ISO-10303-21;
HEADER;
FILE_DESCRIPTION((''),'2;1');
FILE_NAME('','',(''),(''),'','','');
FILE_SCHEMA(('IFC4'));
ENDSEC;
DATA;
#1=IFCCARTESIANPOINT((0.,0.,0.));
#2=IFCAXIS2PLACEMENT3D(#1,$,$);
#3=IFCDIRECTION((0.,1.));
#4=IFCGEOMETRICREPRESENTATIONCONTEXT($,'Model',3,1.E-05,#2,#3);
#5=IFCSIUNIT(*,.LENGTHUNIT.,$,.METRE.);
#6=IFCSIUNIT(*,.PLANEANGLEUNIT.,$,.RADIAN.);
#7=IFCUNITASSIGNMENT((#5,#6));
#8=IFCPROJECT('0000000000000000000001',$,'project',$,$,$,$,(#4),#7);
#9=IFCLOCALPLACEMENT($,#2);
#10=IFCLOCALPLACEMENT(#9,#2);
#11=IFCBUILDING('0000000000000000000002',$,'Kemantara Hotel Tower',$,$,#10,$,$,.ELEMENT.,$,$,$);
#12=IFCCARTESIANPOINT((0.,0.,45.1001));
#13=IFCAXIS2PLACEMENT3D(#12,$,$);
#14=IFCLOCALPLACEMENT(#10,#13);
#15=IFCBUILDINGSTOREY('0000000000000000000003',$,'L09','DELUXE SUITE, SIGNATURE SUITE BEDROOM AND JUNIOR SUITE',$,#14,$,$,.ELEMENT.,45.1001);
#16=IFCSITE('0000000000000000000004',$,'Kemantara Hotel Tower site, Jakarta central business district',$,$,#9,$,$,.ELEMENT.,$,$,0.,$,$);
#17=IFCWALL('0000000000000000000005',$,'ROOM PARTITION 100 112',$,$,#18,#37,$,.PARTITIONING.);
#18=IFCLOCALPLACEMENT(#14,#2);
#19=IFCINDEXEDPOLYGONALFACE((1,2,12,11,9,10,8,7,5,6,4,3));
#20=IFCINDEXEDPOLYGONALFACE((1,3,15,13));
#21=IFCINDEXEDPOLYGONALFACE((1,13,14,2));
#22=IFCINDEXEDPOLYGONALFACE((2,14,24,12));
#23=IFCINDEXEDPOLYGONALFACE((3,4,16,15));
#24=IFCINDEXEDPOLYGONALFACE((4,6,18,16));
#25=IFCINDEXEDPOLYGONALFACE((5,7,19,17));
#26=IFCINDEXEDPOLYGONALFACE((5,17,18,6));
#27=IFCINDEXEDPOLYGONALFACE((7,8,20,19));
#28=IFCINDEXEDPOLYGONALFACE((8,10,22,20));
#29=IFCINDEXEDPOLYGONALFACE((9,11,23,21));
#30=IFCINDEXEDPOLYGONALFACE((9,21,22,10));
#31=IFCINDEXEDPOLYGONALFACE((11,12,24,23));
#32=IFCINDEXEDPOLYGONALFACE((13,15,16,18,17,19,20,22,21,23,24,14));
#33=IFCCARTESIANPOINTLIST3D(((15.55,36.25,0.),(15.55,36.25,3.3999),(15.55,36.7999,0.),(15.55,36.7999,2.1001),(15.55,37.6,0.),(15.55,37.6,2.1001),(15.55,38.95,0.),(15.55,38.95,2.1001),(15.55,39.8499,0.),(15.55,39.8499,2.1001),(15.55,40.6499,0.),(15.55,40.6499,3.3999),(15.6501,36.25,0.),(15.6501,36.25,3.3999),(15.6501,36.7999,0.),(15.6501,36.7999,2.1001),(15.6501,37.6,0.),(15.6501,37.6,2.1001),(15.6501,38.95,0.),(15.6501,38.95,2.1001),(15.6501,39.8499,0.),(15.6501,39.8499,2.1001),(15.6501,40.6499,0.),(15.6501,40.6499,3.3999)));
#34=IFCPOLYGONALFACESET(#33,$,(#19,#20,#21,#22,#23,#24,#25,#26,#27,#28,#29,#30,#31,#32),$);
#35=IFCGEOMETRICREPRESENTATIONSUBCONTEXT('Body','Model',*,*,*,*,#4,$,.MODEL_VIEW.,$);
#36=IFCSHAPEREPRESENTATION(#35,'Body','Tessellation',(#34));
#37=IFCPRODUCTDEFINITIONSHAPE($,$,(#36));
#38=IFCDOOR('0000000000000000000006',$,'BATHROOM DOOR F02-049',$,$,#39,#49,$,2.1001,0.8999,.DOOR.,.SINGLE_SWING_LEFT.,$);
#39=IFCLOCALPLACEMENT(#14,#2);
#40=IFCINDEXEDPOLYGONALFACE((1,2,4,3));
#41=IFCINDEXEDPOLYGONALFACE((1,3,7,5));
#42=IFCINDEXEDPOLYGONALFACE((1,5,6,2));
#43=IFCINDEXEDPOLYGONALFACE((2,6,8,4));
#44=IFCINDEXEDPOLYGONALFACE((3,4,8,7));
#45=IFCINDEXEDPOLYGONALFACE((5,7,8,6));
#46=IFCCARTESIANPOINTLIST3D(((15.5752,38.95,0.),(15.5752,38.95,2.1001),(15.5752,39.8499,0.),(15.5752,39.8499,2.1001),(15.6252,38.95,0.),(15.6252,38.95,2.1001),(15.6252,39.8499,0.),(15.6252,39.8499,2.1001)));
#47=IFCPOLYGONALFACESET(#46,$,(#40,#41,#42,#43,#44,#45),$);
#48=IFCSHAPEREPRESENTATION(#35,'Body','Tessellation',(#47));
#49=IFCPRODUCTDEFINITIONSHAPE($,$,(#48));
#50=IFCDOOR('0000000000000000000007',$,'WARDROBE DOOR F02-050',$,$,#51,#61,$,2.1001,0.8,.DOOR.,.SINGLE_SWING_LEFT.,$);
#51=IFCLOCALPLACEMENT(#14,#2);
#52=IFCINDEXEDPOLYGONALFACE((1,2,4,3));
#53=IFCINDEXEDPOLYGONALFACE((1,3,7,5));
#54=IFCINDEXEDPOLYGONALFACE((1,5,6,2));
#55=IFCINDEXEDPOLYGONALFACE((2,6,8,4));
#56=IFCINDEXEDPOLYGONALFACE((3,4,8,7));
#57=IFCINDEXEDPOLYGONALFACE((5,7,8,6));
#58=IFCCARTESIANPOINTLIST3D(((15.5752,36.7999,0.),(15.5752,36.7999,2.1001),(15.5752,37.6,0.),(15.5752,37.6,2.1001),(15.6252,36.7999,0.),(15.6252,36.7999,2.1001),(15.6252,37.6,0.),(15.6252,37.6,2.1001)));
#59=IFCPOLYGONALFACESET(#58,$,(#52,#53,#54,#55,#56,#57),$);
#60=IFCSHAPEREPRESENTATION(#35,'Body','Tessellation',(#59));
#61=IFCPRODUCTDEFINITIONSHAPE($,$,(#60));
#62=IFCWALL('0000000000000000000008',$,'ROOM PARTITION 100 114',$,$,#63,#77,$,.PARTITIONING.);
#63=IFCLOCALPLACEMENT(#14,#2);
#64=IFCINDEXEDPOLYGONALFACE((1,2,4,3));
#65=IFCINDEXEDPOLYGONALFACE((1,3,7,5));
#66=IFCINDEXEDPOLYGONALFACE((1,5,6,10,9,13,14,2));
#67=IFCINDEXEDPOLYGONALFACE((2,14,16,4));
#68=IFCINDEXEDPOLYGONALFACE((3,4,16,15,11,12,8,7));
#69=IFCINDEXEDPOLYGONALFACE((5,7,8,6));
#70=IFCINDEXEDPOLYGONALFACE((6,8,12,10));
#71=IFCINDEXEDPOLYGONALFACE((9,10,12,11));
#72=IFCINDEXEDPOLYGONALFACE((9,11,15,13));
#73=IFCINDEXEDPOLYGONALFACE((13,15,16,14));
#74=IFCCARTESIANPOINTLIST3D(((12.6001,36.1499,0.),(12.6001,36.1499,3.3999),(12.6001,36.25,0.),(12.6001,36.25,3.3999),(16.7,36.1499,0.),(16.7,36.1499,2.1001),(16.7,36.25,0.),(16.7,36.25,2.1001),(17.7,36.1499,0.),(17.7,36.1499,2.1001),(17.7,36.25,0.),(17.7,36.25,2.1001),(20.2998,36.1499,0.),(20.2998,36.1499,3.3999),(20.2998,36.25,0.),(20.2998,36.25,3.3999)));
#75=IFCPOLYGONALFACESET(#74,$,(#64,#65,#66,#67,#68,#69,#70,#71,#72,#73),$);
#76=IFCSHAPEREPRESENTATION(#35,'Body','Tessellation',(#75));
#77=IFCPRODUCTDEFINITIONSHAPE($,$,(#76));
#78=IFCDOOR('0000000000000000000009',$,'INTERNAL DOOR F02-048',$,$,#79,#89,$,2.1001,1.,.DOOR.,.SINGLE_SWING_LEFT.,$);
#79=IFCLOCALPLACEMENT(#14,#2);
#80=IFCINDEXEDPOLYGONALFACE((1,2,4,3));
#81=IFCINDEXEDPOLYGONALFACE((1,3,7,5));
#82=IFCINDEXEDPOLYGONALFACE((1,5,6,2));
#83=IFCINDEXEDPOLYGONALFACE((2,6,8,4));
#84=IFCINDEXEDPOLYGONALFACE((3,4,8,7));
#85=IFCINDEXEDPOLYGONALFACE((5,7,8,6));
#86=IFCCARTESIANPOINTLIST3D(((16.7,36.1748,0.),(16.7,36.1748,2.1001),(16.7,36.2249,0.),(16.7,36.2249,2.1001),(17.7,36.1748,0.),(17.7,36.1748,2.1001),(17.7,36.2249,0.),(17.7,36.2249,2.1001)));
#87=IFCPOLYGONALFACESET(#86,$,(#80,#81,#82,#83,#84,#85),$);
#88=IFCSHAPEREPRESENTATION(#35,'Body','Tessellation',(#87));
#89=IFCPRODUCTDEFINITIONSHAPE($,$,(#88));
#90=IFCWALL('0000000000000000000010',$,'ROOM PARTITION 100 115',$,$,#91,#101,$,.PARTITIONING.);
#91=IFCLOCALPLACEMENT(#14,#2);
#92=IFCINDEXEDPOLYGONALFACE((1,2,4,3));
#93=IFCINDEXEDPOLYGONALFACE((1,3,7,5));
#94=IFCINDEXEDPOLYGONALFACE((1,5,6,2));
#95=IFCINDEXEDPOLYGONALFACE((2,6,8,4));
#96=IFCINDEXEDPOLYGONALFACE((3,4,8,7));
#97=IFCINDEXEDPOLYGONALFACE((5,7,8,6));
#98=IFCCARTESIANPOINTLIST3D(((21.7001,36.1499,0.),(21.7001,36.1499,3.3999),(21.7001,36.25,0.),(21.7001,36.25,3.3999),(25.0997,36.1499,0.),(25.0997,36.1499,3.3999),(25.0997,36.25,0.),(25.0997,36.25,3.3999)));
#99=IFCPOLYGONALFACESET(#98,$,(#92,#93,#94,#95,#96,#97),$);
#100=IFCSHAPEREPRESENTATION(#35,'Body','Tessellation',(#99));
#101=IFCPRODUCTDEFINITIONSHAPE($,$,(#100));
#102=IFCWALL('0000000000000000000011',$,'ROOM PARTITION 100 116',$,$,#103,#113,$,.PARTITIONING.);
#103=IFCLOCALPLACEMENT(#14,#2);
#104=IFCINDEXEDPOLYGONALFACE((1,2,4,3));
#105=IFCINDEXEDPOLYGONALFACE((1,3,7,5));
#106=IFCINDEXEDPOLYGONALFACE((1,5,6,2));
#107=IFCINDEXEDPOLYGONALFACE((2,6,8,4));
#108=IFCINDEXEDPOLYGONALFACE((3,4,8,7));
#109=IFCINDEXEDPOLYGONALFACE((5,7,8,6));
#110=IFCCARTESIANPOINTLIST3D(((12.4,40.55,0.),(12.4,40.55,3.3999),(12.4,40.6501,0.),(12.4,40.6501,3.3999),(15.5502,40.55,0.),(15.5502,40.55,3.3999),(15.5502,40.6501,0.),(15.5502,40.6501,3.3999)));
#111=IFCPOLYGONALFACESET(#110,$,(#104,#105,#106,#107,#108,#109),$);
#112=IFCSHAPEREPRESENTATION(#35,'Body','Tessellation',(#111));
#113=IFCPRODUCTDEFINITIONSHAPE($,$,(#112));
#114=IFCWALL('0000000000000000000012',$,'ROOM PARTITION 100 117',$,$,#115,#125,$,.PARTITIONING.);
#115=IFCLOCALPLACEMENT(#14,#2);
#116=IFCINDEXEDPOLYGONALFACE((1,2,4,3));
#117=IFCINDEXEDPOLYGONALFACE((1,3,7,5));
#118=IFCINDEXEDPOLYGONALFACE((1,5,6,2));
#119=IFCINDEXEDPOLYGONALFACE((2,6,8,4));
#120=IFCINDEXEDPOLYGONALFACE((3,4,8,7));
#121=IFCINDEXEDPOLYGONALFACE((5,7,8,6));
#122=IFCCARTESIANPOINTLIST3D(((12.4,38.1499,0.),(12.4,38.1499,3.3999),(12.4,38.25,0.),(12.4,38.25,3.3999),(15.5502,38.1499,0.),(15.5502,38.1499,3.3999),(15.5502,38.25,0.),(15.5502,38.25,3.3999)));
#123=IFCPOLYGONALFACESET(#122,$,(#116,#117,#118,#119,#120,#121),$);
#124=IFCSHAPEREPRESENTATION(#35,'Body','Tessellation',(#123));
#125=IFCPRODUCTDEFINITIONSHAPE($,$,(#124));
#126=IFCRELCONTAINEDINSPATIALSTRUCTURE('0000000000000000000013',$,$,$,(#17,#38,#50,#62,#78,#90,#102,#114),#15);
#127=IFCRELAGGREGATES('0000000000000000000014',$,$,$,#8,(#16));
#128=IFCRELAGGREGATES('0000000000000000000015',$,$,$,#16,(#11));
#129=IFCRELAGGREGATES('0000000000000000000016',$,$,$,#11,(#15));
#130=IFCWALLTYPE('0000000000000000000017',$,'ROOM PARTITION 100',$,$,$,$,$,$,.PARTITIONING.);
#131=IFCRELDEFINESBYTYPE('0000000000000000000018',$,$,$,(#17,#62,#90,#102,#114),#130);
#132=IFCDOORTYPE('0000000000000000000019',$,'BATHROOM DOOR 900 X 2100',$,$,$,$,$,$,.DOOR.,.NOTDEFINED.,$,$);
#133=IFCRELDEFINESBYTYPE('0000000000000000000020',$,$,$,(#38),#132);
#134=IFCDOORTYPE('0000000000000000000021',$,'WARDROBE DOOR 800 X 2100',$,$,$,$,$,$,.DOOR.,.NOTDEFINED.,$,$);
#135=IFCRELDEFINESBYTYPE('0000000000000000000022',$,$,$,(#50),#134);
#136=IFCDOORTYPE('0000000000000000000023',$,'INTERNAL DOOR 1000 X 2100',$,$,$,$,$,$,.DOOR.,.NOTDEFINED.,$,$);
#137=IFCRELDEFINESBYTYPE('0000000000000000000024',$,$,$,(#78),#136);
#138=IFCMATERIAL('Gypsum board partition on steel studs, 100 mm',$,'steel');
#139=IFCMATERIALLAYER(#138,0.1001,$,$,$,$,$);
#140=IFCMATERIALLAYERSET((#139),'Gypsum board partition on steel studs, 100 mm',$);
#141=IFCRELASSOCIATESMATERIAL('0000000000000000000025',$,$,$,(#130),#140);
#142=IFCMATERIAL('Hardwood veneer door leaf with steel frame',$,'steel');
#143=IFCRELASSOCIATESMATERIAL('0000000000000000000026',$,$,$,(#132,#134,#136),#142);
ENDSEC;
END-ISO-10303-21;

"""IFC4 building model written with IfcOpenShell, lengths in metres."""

from ifc_helpers import new_model, si_unit, direction, frame, frame_2d, origin, place, context, subcontext, project, spatial, rectangle, extrude, material, layer, layer_set, type_object, element, fill, save


model = new_model("IFC4")

# Units and contexts
model_context = context("Model", 3, precision=1e-05, world=origin(), true_north=direction((0.0, 1.0)))
body_context = subcontext(model_context, "Body", "Model", "MODEL_VIEW")
ifc_project = project(units=[si_unit("LENGTHUNIT", "METRE"), si_unit("PLANEANGLEUNIT", "RADIAN")], contexts=[model_context])

# Site, building, storey
site_placement = place(None, origin())
site = spatial("IfcSite", under=ifc_project, at=site_placement, Name="Kemantara Hotel Tower site, Jakarta central business district", CompositionType="ELEMENT", RefElevation=0.0)
building_placement = place(site_placement, origin())
building = spatial("IfcBuilding", under=site, at=building_placement, Name="Kemantara Hotel Tower", CompositionType="ELEMENT")
storey_placement = place(building_placement, frame((0.0, 0.0, 45.1001)))
storey = spatial("IfcBuildingStorey", under=building, at=storey_placement, Name="L09", Description="DELUXE SUITE, SIGNATURE SUITE BEDROOM AND JUNIOR SUITE", CompositionType="ELEMENT", Elevation=45.1001)

# Shared definitions
ifc_material_1 = material(Name="Hardwood veneer door leaf with steel frame", Category="steel")

# Shared definitions
ifc_material_2 = material(Name="Gypsum board partition on steel studs, 100 mm", Category="steel")
ifc_layer_1 = layer(ifc_material_2, 0.1001)
ifc_layer_set_1 = layer_set([ifc_layer_1], Name="Gypsum board partition on steel studs, 100 mm")
wall_type_1 = type_object("IfcWallType", Name="ROOM PARTITION 100", PredefinedType="PARTITIONING", material=ifc_layer_set_1)
door_type_1 = type_object("IfcDoorType", Name="BATHROOM DOOR 900 X 2100", OperationType="NOTDEFINED", PredefinedType="DOOR", material=ifc_material_1)

# Wall, openings, doors
wall_1_placement = place(storey_placement, frame((15.6001, 36.25, 0.0), z_axis=(0.0, 0.0, 1.0), x_axis=(0.0, 1.0, 0.0)))
wall_1 = element("IfcWall", 1, at=wall_1_placement, inside=storey, type_object=wall_type_1, Name="ROOM PARTITION 100 112", PredefinedType="PARTITIONING", context=body_context, shape_type="SweptSolid", body=[
    extrude(rectangle(XDim=4.3999, YDim=0.1001, at=frame_2d((2.2, 0.0))), origin(), (0.0, 0.0, 1.0), 3.3999),
])
opening_1_placement = place(wall_1_placement, frame((2.7, 0.0, 0.0)))
opening_1 = element("IfcOpeningElement", 2, at=opening_1_placement, cuts=wall_1, PredefinedType="OPENING", context=body_context, shape_type="SweptSolid", body=[
    extrude(rectangle(XDim=0.8999, YDim=2.1001, at=frame_2d((0.45, 1.05))), frame((0.0, 0.0601, 0.0), z_axis=(0.0, -1.0, 0.0), x_axis=(1.0, 0.0, 0.0)), (0.0, 0.0, 1.0), 0.1201),
])
opening_2_placement = place(wall_1_placement, frame((0.55, 0.0, 0.0)))
opening_2 = element("IfcOpeningElement", 3, at=opening_2_placement, cuts=wall_1, PredefinedType="OPENING", context=body_context, shape_type="SweptSolid", body=[
    extrude(rectangle(XDim=0.8, YDim=2.1001, at=frame_2d((0.3999, 1.05))), frame((0.0, 0.0601, 0.0), z_axis=(0.0, -1.0, 0.0), x_axis=(1.0, 0.0, 0.0)), (0.0, 0.0, 1.0), 0.1201),
])
door_1_placement = place(opening_1_placement, origin())
door_1 = element("IfcDoor", 4, at=door_1_placement, inside=storey, type_object=door_type_1, Name="BATHROOM DOOR F02-049", OperationType="SINGLE_SWING_LEFT", OverallHeight=2.1001, OverallWidth=0.8999, PredefinedType="DOOR", context=body_context, shape_type="SweptSolid", body=[
    extrude(rectangle(XDim=0.8999, YDim=2.1001, at=frame_2d((0.45, 1.05))), frame((0.0, 0.0249, 0.0), z_axis=(0.0, -1.0, 0.0), x_axis=(1.0, 0.0, 0.0)), (0.0, 0.0, 1.0), 0.05),
])
fill(opening_1, door_1)
door_type_2 = type_object("IfcDoorType", Name="WARDROBE DOOR 800 X 2100", OperationType="NOTDEFINED", PredefinedType="DOOR", material=ifc_material_1)
door_2_placement = place(opening_2_placement, origin())
door_2 = element("IfcDoor", 5, at=door_2_placement, inside=storey, type_object=door_type_2, Name="WARDROBE DOOR F02-050", OperationType="SINGLE_SWING_LEFT", OverallHeight=2.1001, OverallWidth=0.8, PredefinedType="DOOR", context=body_context, shape_type="SweptSolid", body=[
    extrude(rectangle(XDim=0.8, YDim=2.1001, at=frame_2d((0.3999, 1.05))), frame((0.0, 0.0249, 0.0), z_axis=(0.0, -1.0, 0.0), x_axis=(1.0, 0.0, 0.0)), (0.0, 0.0, 1.0), 0.05),
])
fill(opening_2, door_2)

# Wall, opening, door
wall_2_placement = place(storey_placement, frame((12.6001, 36.2, 0.0), z_axis=(0.0, 0.0, 1.0), x_axis=(1.0, 0.0, 0.0)))
wall_2 = element("IfcWall", 6, at=wall_2_placement, inside=storey, type_object=wall_type_1, Name="ROOM PARTITION 100 114", PredefinedType="PARTITIONING", context=body_context, shape_type="SweptSolid", body=[
    extrude(rectangle(XDim=7.6997, YDim=0.1001, at=frame_2d((3.8499, 0.0))), origin(), (0.0, 0.0, 1.0), 3.3999),
])
opening_3_placement = place(wall_2_placement, frame((4.0999, 0.0, 0.0)))
opening_3 = element("IfcOpeningElement", 7, at=opening_3_placement, cuts=wall_2, PredefinedType="OPENING", context=body_context, shape_type="SweptSolid", body=[
    extrude(rectangle(XDim=1.0, YDim=2.1001, at=frame_2d((0.5, 1.05))), frame((0.0, 0.0601, 0.0), z_axis=(0.0, -1.0, 0.0), x_axis=(1.0, 0.0, 0.0)), (0.0, 0.0, 1.0), 0.1201),
])
door_type_3 = type_object("IfcDoorType", Name="INTERNAL DOOR 1000 X 2100", OperationType="NOTDEFINED", PredefinedType="DOOR", material=ifc_material_1)
door_3_placement = place(opening_3_placement, origin())
door_3 = element("IfcDoor", 8, at=door_3_placement, inside=storey, type_object=door_type_3, Name="INTERNAL DOOR F02-048", OperationType="SINGLE_SWING_LEFT", OverallHeight=2.1001, OverallWidth=1.0, PredefinedType="DOOR", context=body_context, shape_type="SweptSolid", body=[
    extrude(rectangle(XDim=1.0, YDim=2.1001, at=frame_2d((0.5, 1.05))), frame((0.0, 0.0249, 0.0), z_axis=(0.0, -1.0, 0.0), x_axis=(1.0, 0.0, 0.0)), (0.0, 0.0, 1.0), 0.05),
])
fill(opening_3, door_3)

# Walls
wall_3_placement = place(storey_placement, frame((21.7002, 36.2, 0.0), z_axis=(0.0, 0.0, 1.0), x_axis=(1.0, 0.0, 0.0)))
element("IfcWall", 9, at=wall_3_placement, inside=storey, type_object=wall_type_1, Name="ROOM PARTITION 100 115", PredefinedType="PARTITIONING", context=body_context, shape_type="SweptSolid", body=[
    extrude(rectangle(XDim=3.3997, YDim=0.1001, at=frame_2d((1.6997, 0.0))), origin(), (0.0, 0.0, 1.0), 3.3999),
])
for number, where, z_axis, x_axis, name in (
    (10, (12.3999, 40.6001, 0.0), (0.0, 0.0, 1.0), (1.0, 0.0, 0.0), "ROOM PARTITION 100 116"),
    (11, (12.3999, 38.2, 0.0), (0.0, 0.0, 1.0), (1.0, 0.0, 0.0), "ROOM PARTITION 100 117"),
):
    element("IfcWall", number, at=place(storey_placement, frame(where, z_axis=z_axis, x_axis=x_axis)), inside=storey, type_object=wall_type_1, Name=name, PredefinedType="PARTITIONING", context=body_context, shape_type="SweptSolid", body=[
        extrude(rectangle(XDim=3.1501, YDim=0.1001, at=frame_2d((1.5752, 0.0))), origin(), (0.0, 0.0, 1.0), 3.3999),
    ])

save(model, "model.ifc")
